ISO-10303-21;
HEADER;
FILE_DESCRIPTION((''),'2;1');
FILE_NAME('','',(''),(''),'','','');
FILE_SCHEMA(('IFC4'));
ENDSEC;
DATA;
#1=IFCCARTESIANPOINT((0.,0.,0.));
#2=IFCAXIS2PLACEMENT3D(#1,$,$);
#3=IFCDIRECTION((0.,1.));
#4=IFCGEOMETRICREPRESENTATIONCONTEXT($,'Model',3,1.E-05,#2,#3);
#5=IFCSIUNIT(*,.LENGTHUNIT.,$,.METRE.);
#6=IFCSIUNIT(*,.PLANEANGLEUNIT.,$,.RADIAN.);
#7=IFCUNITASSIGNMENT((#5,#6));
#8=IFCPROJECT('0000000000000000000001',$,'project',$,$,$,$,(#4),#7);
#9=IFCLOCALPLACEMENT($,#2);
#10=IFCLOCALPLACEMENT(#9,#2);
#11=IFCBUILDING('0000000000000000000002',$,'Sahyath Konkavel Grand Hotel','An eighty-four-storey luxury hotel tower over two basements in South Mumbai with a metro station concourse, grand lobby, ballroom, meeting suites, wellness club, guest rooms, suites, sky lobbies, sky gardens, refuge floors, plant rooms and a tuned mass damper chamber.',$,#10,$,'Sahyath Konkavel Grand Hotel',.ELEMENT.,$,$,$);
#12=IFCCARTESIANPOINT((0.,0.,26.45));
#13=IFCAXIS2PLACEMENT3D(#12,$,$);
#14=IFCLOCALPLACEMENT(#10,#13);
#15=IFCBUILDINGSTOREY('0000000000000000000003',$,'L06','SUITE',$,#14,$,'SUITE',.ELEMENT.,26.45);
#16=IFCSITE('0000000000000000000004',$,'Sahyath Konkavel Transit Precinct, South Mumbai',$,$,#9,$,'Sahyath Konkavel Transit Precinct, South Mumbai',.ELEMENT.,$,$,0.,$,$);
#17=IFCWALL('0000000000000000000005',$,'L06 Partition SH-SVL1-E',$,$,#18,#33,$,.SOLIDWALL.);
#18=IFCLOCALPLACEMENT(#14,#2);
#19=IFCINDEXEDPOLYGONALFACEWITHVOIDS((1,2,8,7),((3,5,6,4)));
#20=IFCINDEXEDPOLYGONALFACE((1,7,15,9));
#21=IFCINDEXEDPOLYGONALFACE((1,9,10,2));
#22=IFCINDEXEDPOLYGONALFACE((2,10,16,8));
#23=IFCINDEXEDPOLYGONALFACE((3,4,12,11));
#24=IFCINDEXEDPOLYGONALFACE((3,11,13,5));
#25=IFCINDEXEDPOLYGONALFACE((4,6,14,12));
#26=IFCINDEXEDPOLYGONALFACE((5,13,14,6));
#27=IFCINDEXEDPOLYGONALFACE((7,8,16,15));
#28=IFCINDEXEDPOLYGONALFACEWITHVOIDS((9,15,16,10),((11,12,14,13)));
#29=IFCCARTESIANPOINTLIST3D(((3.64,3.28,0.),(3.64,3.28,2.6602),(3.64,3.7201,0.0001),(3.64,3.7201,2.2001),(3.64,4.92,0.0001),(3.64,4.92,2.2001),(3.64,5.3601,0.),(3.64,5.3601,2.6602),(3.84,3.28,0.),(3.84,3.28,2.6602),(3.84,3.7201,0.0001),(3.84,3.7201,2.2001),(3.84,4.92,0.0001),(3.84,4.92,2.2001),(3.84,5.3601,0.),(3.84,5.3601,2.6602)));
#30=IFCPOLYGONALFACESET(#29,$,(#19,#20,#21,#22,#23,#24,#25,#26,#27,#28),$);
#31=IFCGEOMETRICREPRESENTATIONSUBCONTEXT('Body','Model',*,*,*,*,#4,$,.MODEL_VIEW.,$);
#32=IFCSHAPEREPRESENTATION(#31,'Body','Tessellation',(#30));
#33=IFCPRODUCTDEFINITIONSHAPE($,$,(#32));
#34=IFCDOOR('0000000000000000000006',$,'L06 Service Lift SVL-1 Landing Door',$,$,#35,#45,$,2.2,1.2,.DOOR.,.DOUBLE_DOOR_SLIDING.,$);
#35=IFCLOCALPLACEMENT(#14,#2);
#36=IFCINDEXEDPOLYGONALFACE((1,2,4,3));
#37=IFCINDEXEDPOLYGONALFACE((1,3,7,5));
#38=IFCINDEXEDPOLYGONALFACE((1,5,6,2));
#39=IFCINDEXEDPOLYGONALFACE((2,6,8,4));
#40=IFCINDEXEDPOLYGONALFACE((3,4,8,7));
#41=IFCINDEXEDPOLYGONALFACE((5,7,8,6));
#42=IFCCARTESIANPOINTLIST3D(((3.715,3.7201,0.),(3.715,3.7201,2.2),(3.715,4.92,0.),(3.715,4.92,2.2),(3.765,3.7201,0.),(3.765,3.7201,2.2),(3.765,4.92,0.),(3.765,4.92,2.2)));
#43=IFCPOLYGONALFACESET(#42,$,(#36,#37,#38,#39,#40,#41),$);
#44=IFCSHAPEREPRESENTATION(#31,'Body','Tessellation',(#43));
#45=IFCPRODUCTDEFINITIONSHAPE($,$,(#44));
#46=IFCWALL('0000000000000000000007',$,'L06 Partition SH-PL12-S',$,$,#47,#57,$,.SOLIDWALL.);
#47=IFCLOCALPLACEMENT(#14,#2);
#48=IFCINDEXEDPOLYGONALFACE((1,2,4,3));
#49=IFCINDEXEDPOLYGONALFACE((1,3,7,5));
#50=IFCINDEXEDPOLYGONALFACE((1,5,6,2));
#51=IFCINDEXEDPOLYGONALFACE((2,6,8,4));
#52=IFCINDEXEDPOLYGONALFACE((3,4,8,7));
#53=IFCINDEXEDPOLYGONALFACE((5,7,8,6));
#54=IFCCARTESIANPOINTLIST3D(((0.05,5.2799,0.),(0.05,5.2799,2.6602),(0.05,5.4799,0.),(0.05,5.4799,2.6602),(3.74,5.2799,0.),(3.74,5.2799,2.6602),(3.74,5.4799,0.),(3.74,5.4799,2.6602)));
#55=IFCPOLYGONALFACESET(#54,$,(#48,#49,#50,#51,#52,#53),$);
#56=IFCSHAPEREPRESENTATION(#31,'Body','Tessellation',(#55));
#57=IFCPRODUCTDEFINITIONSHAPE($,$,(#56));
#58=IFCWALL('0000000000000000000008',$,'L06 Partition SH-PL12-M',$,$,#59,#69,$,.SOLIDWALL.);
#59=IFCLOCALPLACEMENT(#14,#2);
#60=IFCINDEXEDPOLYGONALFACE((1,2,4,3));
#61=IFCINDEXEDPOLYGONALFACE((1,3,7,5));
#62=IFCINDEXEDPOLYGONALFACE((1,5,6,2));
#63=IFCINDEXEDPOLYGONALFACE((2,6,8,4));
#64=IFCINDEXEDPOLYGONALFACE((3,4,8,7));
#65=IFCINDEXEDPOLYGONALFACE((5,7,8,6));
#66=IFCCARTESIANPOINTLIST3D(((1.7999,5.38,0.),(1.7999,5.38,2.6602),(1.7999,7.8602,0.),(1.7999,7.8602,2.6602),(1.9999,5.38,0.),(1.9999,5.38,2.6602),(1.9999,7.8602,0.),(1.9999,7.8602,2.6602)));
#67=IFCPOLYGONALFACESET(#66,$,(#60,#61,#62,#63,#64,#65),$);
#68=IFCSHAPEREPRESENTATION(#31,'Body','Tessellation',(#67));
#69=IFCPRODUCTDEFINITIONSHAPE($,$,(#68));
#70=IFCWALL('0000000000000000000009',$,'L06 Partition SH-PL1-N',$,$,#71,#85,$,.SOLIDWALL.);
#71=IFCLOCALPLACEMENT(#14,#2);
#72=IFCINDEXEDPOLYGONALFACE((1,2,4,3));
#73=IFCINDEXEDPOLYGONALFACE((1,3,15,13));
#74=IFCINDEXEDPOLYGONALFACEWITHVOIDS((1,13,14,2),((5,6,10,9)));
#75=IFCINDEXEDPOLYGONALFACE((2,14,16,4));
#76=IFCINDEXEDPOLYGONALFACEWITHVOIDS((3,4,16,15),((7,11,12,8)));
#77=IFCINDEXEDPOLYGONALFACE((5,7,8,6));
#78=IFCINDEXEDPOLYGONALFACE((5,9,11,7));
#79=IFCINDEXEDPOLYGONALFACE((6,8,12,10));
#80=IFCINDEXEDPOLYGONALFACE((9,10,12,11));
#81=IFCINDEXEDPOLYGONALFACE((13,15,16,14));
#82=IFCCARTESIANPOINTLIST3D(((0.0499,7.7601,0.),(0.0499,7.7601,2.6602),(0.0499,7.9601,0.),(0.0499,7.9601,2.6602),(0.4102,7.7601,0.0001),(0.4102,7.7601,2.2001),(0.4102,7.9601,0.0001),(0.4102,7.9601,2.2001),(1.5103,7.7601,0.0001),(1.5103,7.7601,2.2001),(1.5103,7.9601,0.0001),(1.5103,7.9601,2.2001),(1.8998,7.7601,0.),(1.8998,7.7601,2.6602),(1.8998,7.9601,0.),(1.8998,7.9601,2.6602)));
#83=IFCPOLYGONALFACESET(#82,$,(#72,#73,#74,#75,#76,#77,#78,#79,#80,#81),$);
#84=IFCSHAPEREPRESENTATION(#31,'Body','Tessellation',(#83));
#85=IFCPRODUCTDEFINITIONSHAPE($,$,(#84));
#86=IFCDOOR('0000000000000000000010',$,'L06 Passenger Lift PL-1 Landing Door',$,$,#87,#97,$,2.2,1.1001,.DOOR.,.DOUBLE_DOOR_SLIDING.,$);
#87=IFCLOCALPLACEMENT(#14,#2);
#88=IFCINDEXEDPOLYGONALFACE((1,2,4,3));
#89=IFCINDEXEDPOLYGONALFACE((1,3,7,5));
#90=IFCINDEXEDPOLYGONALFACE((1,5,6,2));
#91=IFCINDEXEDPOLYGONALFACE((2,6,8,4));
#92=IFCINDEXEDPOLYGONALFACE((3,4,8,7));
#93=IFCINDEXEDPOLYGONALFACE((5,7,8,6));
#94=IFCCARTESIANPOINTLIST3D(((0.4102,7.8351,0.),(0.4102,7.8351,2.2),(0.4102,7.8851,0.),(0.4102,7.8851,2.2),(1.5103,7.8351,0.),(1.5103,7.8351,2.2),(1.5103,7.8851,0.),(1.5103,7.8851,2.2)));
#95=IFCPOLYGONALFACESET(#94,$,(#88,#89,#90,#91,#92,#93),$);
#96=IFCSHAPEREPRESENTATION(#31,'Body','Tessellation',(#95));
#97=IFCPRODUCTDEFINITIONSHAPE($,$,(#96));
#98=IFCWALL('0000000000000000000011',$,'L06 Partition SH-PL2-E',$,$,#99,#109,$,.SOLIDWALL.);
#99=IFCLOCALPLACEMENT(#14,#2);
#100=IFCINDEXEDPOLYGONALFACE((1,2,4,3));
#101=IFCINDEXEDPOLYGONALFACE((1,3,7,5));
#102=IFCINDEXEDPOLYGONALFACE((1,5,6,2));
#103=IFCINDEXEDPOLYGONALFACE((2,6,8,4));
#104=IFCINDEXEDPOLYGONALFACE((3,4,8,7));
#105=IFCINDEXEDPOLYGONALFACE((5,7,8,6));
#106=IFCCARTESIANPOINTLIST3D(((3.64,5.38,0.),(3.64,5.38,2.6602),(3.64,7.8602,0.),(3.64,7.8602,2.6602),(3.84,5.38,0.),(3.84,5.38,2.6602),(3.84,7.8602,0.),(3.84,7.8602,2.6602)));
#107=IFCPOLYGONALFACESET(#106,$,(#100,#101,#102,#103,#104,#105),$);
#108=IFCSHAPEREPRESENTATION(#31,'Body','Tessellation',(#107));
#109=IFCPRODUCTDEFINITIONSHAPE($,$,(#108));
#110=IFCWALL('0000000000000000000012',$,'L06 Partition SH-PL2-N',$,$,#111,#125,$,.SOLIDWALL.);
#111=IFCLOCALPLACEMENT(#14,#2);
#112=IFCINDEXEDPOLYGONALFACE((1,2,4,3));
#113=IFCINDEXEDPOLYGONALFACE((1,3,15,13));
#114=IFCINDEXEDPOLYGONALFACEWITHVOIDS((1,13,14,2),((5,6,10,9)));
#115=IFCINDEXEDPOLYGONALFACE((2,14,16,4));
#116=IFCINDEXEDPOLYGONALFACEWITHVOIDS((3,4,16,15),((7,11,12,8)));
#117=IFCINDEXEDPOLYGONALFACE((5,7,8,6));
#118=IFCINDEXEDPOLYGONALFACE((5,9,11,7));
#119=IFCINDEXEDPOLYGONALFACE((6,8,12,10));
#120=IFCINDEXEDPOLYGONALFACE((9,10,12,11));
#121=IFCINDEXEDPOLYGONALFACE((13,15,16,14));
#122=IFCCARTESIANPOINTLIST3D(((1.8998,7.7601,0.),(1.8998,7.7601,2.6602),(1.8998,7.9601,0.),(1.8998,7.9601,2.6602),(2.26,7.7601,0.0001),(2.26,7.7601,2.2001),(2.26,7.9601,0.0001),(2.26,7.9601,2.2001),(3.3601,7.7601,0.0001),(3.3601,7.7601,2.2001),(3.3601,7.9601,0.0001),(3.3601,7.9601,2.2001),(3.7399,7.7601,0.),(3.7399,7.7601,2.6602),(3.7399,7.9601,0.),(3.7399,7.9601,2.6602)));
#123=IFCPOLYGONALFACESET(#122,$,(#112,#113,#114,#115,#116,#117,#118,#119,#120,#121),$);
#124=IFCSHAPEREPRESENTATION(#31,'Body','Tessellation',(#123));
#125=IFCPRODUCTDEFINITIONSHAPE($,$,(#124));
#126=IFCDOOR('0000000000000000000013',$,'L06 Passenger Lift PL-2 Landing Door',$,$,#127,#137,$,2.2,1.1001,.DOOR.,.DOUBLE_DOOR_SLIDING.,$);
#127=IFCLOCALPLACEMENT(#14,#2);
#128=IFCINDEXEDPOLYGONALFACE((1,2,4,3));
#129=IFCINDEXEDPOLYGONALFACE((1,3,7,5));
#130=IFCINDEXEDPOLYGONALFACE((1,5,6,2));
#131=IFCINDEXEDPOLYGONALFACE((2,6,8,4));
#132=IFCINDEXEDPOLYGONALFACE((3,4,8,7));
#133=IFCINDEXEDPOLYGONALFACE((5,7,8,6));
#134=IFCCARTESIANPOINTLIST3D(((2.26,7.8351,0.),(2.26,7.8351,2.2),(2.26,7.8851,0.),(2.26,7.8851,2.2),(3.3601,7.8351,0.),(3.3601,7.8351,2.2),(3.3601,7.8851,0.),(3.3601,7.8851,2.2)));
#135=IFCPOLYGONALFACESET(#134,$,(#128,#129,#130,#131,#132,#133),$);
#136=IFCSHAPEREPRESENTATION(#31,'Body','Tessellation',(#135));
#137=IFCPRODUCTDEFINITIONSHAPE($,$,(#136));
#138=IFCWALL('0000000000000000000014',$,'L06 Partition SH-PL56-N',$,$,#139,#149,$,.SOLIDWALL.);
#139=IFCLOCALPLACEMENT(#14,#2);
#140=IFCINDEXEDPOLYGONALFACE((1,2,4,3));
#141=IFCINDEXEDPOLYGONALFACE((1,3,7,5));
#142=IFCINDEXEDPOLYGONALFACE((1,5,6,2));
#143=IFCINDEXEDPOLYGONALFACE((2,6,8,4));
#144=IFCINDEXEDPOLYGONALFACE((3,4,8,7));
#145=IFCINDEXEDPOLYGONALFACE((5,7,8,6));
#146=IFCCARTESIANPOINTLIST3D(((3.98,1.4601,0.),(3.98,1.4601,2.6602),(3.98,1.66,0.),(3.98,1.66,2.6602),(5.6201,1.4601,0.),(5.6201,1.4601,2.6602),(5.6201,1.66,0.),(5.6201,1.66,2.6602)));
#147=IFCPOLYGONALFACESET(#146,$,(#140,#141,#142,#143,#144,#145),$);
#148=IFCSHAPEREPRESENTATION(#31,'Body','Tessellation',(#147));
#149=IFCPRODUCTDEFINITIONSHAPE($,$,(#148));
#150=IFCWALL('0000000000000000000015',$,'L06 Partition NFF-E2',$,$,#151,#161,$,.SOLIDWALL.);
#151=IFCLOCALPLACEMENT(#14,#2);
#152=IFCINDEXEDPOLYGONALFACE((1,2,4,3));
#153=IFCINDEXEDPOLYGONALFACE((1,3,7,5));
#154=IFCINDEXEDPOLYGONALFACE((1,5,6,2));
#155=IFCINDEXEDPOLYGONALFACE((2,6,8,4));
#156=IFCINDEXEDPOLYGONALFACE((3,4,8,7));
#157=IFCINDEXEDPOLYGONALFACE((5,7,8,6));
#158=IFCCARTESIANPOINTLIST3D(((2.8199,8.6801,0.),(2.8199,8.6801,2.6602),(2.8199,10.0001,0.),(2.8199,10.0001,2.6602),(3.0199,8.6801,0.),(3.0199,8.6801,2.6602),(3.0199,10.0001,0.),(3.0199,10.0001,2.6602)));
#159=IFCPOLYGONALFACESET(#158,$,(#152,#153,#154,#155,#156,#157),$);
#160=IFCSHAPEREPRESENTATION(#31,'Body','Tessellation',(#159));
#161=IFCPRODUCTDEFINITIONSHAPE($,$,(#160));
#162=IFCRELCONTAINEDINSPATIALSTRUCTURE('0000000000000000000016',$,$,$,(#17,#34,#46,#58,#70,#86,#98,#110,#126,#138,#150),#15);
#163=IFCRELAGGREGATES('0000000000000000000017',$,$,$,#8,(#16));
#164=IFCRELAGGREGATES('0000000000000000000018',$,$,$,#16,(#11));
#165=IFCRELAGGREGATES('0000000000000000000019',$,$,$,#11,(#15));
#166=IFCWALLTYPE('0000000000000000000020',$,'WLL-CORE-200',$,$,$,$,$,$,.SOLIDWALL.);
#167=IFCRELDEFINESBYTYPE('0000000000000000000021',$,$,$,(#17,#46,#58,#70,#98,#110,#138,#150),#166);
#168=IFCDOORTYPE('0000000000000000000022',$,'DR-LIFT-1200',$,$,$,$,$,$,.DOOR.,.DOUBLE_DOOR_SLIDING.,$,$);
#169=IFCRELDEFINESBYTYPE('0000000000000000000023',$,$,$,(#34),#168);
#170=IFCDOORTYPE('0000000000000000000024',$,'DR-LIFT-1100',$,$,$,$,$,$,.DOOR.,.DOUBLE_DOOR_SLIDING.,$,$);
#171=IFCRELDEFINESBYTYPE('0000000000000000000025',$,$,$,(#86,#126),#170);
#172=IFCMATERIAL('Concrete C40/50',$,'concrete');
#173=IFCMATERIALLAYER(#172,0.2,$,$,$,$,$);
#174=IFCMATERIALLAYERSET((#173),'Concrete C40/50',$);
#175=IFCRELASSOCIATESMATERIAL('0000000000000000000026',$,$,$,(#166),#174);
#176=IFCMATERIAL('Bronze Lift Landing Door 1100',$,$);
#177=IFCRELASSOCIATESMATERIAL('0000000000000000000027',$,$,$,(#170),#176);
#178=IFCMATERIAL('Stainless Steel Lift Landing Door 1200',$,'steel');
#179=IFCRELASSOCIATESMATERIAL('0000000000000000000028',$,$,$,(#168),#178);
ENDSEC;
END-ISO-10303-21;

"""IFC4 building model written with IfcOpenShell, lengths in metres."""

from ifc_helpers import new_model, si_unit, direction, frame, frame_2d, origin, origin_2d, place, context, subcontext, project, spatial, rectangle, extrude, source, transform, mapped, material, layer, layer_set, type_object, element, fill, save


model = new_model("IFC4")

# Units and contexts
model_context = context("Model", 3, precision=1e-05, world=origin(), true_north=direction((0.0, 1.0)))
body_context = subcontext(model_context, "Body", "Model", "MODEL_VIEW")
ifc_project = project(units=[si_unit("LENGTHUNIT", "METRE"), si_unit("PLANEANGLEUNIT", "RADIAN")], contexts=[model_context])

# Site, building, storey
site_placement = place(None, origin())
site = spatial("IfcSite", under=ifc_project, at=site_placement, Name="Sahyath Konkavel Transit Precinct, South Mumbai", LongName="Sahyath Konkavel Transit Precinct, South Mumbai", CompositionType="ELEMENT", RefElevation=0.0)
building_placement = place(site_placement, origin())
building = spatial("IfcBuilding", under=site, at=building_placement, Name="Sahyath Konkavel Grand Hotel", Description="An eighty-four-storey luxury hotel tower over two basements in South Mumbai with a metro station concourse, grand lobby, ballroom, meeting suites, wellness club, guest rooms, suites, sky lobbies, sky gardens, refuge floors, plant rooms and a tuned mass damper chamber.", LongName="Sahyath Konkavel Grand Hotel", CompositionType="ELEMENT")
storey_placement = place(building_placement, frame((0.0, 0.0, 26.45)))
storey = spatial("IfcBuildingStorey", under=building, at=storey_placement, Name="L06", Description="SUITE", LongName="SUITE", CompositionType="ELEMENT", Elevation=26.45)

# Shared definitions
ifc_material_1 = material(Name="Concrete C40/50", Category="concrete")
ifc_layer_1 = layer(ifc_material_1, 0.2)
ifc_layer_set_1 = layer_set([ifc_layer_1], Name="Concrete C40/50")
wall_type_1 = type_object("IfcWallType", Name="WLL-CORE-200", PredefinedType="SOLIDWALL", material=ifc_layer_set_1)

# Shared definitions
ifc_material_2 = material(Name="Bronze Lift Landing Door 1100")
door_type_1 = type_object("IfcDoorType", Name="DR-LIFT-1100", OperationType="DOUBLE_DOOR_SLIDING", PredefinedType="DOOR", material=ifc_material_2)
shared_shape_1 = source(origin(), body_context, "Body", "SweptSolid", [
    extrude(rectangle(XDim=1.1001, YDim=0.05, at=origin_2d()), origin(), (0.0, 0.0, 1.0), 2.2),
])

# Wall, opening, door
wall_1_placement = place(storey_placement, frame((3.74, 3.28, 0.0), z_axis=(0.0, 0.0, 1.0), x_axis=(0.0, 1.0, 0.0)))
wall_1 = element("IfcWall", 1, at=wall_1_placement, inside=storey, type_object=wall_type_1, Name="L06 Partition SH-SVL1-E", PredefinedType="SOLIDWALL", context=body_context, shape_type="SweptSolid", body=[
    extrude(rectangle(XDim=2.0801, YDim=0.2, at=frame_2d((1.04, 0.0))), origin(), (0.0, 0.0, 1.0), 2.6602),
])
opening_1_placement = place(wall_1_placement, frame((0.4399, 0.0, 0.0)))
opening_1 = element("IfcOpeningElement", 2, at=opening_1_placement, cuts=wall_1, PredefinedType="OPENING", context=body_context, shape_type="SweptSolid", body=[
    extrude(rectangle(XDim=1.2, YDim=2.2, at=frame_2d((0.6001, 1.1001))), frame((0.0, 0.1099, 0.0), z_axis=(0.0, -1.0, 0.0), x_axis=(1.0, 0.0, 0.0)), (0.0, 0.0, 1.0), 0.22),
])
ifc_material_3 = material(Name="Stainless Steel Lift Landing Door 1200", Category="steel")
door_type_2 = type_object("IfcDoorType", Name="DR-LIFT-1200", OperationType="DOUBLE_DOOR_SLIDING", PredefinedType="DOOR", material=ifc_material_3)
shared_shape_2 = source(origin(), body_context, "Body", "SweptSolid", [
    extrude(rectangle(XDim=1.2, YDim=0.05, at=origin_2d()), origin(), (0.0, 0.0, 1.0), 2.2),
])
door_1_placement = place(opening_1_placement, frame((0.6001, 0.0, 0.0)))
door_1 = element("IfcDoor", 3, at=door_1_placement, inside=storey, type_object=door_type_2, Name="L06 Service Lift SVL-1 Landing Door", OperationType="DOUBLE_DOOR_SLIDING", OverallHeight=2.2, OverallWidth=1.2, PredefinedType="DOOR", context=body_context, shape_type="MappedRepresentation", body=[
    mapped(shared_shape_2, transform((0.0, 0.0, 0.0), scale=1.0)),
])
fill(opening_1, door_1)

# Walls
wall_2_placement = place(storey_placement, frame((0.05, 5.3799, 0.0), z_axis=(0.0, 0.0, 1.0), x_axis=(1.0, 0.0, 0.0)))
element("IfcWall", 4, at=wall_2_placement, inside=storey, type_object=wall_type_1, Name="L06 Partition SH-PL12-S", PredefinedType="SOLIDWALL", context=body_context, shape_type="SweptSolid", body=[
    extrude(rectangle(XDim=3.6899, YDim=0.2, at=frame_2d((1.845, 0.0))), origin(), (0.0, 0.0, 1.0), 2.6602),
])
wall_3_placement = place(storey_placement, frame((1.8999, 5.3799, 0.0), z_axis=(0.0, 0.0, 1.0), x_axis=(0.0, 1.0, 0.0)))
element("IfcWall", 5, at=wall_3_placement, inside=storey, type_object=wall_type_1, Name="L06 Partition SH-PL12-M", PredefinedType="SOLIDWALL", context=body_context, shape_type="SweptSolid", body=[
    extrude(rectangle(XDim=2.4802, YDim=0.2, at=frame_2d((1.2402, 0.0))), origin(), (0.0, 0.0, 1.0), 2.6602),
])

# Wall, opening, door
wall_4_placement = place(storey_placement, frame((0.05, 7.8601, 0.0), z_axis=(0.0, 0.0, 1.0), x_axis=(1.0, 0.0, 0.0)))
wall_4 = element("IfcWall", 6, at=wall_4_placement, inside=storey, type_object=wall_type_1, Name="L06 Partition SH-PL1-N", PredefinedType="SOLIDWALL", context=body_context, shape_type="SweptSolid", body=[
    extrude(rectangle(XDim=1.8499, YDim=0.2, at=frame_2d((0.9248, 0.0))), origin(), (0.0, 0.0, 1.0), 2.6602),
])
opening_2_placement = place(wall_4_placement, frame((0.3601, 0.0, 0.0)))
opening_2 = element("IfcOpeningElement", 7, at=opening_2_placement, cuts=wall_4, PredefinedType="OPENING", context=body_context, shape_type="SweptSolid", body=[
    extrude(rectangle(XDim=1.1001, YDim=2.2, at=frame_2d((0.55, 1.1001))), frame((0.0, 0.1099, 0.0), z_axis=(0.0, -1.0, 0.0), x_axis=(1.0, 0.0, 0.0)), (0.0, 0.0, 1.0), 0.22),
])
door_2_placement = place(opening_2_placement, frame((0.55, 0.0, 0.0)))
door_2 = element("IfcDoor", 8, at=door_2_placement, inside=storey, type_object=door_type_1, Name="L06 Passenger Lift PL-1 Landing Door", OperationType="DOUBLE_DOOR_SLIDING", OverallHeight=2.2, OverallWidth=1.1001, PredefinedType="DOOR", context=body_context, shape_type="MappedRepresentation", body=[
    mapped(shared_shape_1, transform((0.0, 0.0, 0.0), scale=1.0)),
])
fill(opening_2, door_2)

# Wall
wall_5_placement = place(storey_placement, frame((3.74, 5.3799, 0.0), z_axis=(0.0, 0.0, 1.0), x_axis=(0.0, 1.0, 0.0)))
element("IfcWall", 9, at=wall_5_placement, inside=storey, type_object=wall_type_1, Name="L06 Partition SH-PL2-E", PredefinedType="SOLIDWALL", context=body_context, shape_type="SweptSolid", body=[
    extrude(rectangle(XDim=2.4802, YDim=0.2, at=frame_2d((1.2402, 0.0))), origin(), (0.0, 0.0, 1.0), 2.6602),
])

# Wall, opening, door
wall_6_placement = place(storey_placement, frame((1.8999, 7.8601, 0.0), z_axis=(0.0, 0.0, 1.0), x_axis=(1.0, 0.0, 0.0)))
wall_6 = element("IfcWall", 10, at=wall_6_placement, inside=storey, type_object=wall_type_1, Name="L06 Partition SH-PL2-N", PredefinedType="SOLIDWALL", context=body_context, shape_type="SweptSolid", body=[
    extrude(rectangle(XDim=1.8401, YDim=0.2, at=frame_2d((0.9199, 0.0))), origin(), (0.0, 0.0, 1.0), 2.6602),
])
opening_3_placement = place(wall_6_placement, frame((0.3601, 0.0, 0.0)))
opening_3 = element("IfcOpeningElement", 11, at=opening_3_placement, cuts=wall_6, PredefinedType="OPENING", context=body_context, shape_type="SweptSolid", body=[
    extrude(rectangle(XDim=1.1001, YDim=2.2, at=frame_2d((0.55, 1.1001))), frame((0.0, 0.1099, 0.0), z_axis=(0.0, -1.0, 0.0), x_axis=(1.0, 0.0, 0.0)), (0.0, 0.0, 1.0), 0.22),
])
door_3_placement = place(opening_3_placement, frame((0.55, 0.0, 0.0)))
door_3 = element("IfcDoor", 12, at=door_3_placement, inside=storey, type_object=door_type_1, Name="L06 Passenger Lift PL-2 Landing Door", OperationType="DOUBLE_DOOR_SLIDING", OverallHeight=2.2, OverallWidth=1.1001, PredefinedType="DOOR", context=body_context, shape_type="MappedRepresentation", body=[
    mapped(shared_shape_1, transform((0.0, 0.0, 0.0), scale=1.0)),
])
fill(opening_3, door_3)

# Wall
wall_7_placement = place(storey_placement, frame((3.98, 1.5601, 0.0), z_axis=(0.0, 0.0, 1.0), x_axis=(1.0, 0.0, 0.0)))
element("IfcWall", 13, at=wall_7_placement, inside=storey, type_object=wall_type_1, Name="L06 Partition SH-PL56-N", PredefinedType="SOLIDWALL", context=body_context, shape_type="SweptSolid", body=[
    extrude(rectangle(XDim=1.6401, YDim=0.2, at=frame_2d((0.8201, 0.0))), origin(), (0.0, 0.0, 1.0), 2.6602),
])

# Wall
wall_8_placement = place(storey_placement, frame((2.9199, 8.6799, 0.0), z_axis=(0.0, 0.0, 1.0), x_axis=(0.0, 1.0, 0.0)))
element("IfcWall", 14, at=wall_8_placement, inside=storey, type_object=wall_type_1, Name="L06 Partition NFF-E2", PredefinedType="SOLIDWALL", context=body_context, shape_type="SweptSolid", body=[
    extrude(rectangle(XDim=1.3201, YDim=0.2, at=frame_2d((0.6602, 0.0))), origin(), (0.0, 0.0, 1.0), 2.6602),
])

save(model, "model.ifc")
